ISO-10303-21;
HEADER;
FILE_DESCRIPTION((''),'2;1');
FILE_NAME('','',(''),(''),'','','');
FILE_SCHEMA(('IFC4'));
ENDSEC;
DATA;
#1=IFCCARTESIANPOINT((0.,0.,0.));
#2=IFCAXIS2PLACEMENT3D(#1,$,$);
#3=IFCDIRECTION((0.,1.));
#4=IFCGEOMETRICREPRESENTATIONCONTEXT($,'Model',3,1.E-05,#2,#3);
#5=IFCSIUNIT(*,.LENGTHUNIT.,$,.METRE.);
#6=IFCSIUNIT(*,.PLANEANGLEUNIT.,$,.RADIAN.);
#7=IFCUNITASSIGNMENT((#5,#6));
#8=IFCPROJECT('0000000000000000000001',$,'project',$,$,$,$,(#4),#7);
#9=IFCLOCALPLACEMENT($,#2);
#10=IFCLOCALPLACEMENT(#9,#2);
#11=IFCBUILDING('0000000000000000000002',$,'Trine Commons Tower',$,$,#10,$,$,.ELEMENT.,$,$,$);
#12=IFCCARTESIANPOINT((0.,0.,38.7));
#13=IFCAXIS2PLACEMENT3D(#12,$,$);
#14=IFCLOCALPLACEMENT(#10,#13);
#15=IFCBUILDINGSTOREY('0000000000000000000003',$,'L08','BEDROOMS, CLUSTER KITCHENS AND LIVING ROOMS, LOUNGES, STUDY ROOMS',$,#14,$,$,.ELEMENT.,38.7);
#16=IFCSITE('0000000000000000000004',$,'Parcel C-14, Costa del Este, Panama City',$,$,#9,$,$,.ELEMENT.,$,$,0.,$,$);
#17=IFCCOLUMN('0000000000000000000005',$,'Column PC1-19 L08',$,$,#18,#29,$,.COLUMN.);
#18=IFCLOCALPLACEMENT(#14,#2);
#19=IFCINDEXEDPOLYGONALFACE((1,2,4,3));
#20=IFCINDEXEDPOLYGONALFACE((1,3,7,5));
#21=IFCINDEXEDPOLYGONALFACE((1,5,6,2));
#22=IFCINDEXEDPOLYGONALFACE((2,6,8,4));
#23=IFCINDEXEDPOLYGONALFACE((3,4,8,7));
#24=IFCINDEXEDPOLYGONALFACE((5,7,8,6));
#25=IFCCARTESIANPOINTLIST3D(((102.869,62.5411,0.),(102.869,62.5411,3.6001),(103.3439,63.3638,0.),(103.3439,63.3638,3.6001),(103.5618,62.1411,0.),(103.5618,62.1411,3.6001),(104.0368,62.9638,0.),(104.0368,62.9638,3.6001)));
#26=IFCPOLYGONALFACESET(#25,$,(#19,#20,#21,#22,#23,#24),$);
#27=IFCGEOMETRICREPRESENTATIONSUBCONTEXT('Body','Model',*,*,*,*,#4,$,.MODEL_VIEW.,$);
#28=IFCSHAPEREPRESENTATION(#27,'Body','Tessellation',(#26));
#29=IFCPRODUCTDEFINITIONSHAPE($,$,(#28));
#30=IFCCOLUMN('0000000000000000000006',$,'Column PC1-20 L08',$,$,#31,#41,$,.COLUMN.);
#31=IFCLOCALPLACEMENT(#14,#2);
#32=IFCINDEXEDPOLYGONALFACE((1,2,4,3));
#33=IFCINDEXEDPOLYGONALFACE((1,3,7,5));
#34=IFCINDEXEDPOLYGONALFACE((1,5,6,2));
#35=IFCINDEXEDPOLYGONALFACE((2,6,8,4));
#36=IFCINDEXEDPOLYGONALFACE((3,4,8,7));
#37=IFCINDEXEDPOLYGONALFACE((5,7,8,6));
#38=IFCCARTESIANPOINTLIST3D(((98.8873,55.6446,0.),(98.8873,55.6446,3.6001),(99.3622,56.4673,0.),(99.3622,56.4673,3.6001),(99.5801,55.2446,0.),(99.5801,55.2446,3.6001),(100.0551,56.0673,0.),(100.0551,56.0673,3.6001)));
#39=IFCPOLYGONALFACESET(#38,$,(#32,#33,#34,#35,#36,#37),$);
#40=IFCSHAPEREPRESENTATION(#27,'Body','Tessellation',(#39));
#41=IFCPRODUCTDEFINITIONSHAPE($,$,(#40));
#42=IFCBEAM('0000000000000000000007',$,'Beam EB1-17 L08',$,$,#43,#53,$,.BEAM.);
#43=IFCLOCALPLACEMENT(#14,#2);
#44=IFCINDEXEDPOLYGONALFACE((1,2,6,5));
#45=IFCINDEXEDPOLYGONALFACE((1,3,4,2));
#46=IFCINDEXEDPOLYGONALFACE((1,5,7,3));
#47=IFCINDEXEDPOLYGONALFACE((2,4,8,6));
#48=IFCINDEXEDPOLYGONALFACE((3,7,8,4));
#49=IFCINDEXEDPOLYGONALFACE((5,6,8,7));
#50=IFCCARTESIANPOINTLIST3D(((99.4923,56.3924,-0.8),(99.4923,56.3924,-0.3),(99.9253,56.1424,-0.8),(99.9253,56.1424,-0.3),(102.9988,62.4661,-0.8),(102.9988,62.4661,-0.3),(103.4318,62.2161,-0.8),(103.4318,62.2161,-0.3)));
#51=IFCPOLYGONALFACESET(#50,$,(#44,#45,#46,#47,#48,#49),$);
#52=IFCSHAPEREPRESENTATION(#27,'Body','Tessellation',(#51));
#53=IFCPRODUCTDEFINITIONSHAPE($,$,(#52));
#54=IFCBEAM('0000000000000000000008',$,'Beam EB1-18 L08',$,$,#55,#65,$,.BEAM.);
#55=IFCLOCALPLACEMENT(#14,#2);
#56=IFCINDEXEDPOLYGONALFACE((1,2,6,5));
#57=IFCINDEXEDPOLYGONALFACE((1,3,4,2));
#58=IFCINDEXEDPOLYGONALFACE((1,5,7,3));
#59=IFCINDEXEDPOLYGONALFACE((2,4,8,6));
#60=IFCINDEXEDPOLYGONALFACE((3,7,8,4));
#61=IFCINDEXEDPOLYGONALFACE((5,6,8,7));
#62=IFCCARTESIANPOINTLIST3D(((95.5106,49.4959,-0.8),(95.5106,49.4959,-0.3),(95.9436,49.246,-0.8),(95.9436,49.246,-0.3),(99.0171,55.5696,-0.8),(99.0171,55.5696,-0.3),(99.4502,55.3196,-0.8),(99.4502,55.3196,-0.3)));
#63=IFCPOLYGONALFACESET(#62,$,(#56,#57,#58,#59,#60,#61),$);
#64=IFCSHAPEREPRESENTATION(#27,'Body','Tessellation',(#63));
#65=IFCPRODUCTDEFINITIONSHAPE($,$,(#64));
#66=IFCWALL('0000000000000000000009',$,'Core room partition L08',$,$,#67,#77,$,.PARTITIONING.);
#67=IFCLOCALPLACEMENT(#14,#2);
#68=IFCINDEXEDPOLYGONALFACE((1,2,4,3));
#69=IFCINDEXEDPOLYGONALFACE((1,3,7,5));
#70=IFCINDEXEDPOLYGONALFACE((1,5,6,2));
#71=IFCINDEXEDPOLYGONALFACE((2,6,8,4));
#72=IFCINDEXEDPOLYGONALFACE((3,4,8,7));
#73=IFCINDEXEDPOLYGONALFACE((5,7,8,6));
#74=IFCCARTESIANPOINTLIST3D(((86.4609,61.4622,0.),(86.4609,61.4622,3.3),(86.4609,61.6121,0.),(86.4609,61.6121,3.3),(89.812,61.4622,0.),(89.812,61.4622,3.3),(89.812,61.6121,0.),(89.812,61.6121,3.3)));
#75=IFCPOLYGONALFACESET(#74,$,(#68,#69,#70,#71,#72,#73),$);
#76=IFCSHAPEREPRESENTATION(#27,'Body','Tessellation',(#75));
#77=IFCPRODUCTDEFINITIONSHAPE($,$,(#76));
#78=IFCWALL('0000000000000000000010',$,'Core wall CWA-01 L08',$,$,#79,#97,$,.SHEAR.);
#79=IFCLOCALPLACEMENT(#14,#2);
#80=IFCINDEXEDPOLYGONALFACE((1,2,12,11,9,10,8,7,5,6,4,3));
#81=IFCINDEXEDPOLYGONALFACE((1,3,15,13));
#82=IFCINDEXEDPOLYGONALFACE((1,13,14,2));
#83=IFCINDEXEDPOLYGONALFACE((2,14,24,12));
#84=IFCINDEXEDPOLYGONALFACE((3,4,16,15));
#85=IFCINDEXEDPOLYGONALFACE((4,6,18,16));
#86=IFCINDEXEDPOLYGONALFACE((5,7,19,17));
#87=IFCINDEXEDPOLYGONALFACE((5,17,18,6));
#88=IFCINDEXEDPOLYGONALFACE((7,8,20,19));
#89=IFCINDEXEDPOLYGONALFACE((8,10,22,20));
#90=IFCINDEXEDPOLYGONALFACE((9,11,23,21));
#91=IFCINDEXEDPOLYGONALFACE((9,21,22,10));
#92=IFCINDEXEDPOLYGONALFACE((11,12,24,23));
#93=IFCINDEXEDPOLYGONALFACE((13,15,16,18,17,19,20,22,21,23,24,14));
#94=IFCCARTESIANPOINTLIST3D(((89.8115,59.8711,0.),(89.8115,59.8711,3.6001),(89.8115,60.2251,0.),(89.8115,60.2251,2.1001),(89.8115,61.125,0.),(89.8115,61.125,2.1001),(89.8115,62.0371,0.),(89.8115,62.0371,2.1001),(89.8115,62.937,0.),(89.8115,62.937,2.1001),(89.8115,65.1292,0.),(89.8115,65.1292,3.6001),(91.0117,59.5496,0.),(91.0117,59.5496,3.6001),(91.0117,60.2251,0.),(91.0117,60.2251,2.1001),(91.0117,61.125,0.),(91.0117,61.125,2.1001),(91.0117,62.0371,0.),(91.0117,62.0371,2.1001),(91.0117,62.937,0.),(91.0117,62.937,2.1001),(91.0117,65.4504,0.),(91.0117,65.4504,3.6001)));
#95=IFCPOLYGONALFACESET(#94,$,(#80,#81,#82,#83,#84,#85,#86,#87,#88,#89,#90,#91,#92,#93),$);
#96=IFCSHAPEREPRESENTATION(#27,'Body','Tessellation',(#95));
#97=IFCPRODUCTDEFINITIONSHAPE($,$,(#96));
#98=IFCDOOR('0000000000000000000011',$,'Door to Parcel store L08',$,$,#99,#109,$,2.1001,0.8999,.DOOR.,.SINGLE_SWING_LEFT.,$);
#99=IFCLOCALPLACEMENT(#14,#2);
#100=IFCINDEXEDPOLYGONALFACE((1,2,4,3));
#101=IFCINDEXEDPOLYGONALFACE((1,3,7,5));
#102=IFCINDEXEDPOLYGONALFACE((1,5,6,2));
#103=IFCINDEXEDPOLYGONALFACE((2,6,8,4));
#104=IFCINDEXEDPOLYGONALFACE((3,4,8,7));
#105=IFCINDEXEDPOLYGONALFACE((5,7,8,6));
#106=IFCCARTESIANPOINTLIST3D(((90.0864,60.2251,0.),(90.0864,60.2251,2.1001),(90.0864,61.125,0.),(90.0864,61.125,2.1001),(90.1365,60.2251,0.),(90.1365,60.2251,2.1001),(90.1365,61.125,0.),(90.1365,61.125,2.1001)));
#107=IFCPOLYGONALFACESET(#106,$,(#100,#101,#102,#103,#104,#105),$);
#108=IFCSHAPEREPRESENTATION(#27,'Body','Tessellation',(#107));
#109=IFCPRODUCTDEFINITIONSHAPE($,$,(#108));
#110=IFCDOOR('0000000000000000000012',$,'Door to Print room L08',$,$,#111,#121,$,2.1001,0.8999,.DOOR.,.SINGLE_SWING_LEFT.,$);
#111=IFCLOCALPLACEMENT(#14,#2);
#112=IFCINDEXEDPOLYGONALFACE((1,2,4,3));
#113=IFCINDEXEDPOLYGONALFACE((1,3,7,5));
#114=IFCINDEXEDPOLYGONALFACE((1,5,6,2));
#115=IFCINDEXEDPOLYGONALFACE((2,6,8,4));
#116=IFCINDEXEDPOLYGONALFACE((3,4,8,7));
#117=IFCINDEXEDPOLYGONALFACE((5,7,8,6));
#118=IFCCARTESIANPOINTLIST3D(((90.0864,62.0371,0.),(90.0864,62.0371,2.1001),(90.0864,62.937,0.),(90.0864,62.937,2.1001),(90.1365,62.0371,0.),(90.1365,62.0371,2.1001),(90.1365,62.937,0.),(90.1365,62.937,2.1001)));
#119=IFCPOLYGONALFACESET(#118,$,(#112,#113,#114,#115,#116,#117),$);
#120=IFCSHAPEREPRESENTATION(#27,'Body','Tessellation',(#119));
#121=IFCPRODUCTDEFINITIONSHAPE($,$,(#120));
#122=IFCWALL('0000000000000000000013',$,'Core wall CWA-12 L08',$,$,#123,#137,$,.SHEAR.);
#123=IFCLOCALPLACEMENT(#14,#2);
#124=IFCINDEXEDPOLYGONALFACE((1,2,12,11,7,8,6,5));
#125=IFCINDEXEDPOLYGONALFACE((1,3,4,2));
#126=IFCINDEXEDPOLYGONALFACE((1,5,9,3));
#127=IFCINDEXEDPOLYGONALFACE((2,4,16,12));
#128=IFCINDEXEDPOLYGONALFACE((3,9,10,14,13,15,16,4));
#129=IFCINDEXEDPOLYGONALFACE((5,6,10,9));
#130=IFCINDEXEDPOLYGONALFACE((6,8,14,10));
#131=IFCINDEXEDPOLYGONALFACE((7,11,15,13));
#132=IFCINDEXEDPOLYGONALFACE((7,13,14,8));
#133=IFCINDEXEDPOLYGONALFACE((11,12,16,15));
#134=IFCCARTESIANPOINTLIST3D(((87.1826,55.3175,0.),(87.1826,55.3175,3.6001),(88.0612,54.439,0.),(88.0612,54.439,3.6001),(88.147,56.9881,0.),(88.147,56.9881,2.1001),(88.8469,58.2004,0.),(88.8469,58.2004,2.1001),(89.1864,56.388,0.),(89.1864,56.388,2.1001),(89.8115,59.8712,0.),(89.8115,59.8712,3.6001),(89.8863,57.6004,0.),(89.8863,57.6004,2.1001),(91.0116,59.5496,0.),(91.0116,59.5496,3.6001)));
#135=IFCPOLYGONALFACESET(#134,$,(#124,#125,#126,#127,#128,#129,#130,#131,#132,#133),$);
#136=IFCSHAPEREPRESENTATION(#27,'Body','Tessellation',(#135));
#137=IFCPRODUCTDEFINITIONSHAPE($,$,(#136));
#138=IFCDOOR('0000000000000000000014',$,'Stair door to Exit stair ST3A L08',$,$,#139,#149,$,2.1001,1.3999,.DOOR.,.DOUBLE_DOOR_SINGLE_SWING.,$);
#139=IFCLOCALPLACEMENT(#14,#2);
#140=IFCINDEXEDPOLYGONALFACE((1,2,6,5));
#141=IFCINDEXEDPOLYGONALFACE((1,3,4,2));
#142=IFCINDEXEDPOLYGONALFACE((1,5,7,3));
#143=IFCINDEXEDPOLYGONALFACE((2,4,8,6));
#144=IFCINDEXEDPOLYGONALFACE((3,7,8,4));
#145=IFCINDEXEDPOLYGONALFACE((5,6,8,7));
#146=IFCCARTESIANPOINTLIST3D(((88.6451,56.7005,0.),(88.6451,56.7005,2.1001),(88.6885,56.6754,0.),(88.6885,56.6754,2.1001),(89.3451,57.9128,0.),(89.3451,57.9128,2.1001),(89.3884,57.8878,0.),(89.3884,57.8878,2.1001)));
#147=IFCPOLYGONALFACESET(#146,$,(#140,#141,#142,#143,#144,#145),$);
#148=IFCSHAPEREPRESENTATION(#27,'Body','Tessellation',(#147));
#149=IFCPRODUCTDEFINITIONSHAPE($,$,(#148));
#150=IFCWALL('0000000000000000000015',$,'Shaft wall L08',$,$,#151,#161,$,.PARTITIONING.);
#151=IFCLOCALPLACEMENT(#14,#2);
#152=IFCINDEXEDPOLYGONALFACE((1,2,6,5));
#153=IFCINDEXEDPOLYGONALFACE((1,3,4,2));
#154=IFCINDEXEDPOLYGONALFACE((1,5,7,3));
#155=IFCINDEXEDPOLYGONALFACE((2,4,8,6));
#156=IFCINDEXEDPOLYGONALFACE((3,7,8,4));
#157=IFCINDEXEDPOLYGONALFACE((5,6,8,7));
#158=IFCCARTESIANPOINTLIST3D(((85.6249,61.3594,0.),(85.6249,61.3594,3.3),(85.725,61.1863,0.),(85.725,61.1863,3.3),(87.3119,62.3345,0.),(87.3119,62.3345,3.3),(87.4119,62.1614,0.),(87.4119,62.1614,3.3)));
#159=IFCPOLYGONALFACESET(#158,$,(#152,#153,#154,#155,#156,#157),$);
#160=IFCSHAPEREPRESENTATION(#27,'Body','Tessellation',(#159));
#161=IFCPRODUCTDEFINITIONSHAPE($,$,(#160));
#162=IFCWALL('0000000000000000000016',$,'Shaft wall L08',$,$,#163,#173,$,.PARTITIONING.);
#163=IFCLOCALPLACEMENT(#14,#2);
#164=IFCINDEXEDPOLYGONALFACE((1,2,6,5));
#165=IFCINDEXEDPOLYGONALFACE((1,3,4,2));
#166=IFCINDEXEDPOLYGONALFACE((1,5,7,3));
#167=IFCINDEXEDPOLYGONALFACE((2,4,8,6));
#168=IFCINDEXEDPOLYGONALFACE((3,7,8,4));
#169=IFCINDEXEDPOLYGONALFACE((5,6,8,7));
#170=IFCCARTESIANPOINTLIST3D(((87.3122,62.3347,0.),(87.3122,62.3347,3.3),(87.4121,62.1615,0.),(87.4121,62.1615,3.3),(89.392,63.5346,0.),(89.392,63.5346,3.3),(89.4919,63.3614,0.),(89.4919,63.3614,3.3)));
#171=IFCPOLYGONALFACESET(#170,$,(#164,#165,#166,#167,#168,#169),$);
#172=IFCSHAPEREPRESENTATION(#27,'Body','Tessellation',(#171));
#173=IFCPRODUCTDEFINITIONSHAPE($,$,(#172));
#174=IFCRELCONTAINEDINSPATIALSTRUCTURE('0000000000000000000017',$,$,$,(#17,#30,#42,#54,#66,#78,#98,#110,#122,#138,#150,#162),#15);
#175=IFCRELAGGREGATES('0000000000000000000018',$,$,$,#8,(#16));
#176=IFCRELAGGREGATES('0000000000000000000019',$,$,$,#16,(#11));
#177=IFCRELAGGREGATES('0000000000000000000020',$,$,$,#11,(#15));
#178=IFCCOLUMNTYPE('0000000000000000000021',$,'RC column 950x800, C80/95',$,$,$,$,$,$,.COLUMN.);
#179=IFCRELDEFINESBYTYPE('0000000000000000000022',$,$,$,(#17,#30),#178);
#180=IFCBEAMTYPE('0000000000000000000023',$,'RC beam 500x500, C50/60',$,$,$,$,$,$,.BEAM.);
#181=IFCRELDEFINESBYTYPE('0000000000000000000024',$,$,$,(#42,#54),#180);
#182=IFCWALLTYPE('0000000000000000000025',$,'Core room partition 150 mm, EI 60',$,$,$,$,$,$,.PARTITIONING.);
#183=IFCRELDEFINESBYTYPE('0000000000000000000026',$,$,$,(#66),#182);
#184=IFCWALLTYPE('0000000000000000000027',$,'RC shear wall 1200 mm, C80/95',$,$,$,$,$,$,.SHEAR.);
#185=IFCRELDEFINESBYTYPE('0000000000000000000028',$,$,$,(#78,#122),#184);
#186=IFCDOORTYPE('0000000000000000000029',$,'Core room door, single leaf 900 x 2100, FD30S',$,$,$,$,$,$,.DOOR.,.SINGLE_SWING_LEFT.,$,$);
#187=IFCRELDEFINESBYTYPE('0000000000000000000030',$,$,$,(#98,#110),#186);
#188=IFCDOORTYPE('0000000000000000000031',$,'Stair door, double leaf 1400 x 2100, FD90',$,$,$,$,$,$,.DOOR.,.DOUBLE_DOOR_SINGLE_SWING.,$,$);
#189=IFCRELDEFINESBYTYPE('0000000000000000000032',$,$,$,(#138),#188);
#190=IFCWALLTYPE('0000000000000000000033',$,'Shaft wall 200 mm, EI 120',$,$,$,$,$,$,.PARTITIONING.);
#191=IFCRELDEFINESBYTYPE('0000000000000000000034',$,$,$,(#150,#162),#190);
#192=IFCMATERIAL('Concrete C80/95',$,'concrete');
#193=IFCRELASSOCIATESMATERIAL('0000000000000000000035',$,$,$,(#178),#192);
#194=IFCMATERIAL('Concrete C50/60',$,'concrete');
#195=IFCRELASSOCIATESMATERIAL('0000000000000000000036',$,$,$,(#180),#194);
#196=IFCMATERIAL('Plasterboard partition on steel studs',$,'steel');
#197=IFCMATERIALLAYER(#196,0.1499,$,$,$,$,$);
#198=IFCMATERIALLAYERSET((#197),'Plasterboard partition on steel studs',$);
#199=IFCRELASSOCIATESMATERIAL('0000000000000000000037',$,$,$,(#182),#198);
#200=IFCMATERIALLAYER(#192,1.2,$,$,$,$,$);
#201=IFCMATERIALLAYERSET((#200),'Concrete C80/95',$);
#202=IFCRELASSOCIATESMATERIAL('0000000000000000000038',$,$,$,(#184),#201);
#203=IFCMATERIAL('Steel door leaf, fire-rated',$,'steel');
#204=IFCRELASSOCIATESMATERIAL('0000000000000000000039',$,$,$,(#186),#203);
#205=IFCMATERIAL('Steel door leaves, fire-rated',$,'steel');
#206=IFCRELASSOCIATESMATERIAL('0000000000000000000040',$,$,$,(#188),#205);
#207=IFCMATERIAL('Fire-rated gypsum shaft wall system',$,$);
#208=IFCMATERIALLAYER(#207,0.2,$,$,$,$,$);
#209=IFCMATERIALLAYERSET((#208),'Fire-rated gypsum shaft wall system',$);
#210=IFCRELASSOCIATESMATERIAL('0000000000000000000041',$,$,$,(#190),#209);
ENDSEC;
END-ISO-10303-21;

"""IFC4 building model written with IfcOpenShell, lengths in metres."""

from ifc_helpers import new_model, si_unit, direction, frame, frame_2d, origin, origin_2d, place, context, subcontext, project, spatial, polyline, rectangle, outline, extrude, material, layer, layer_set, material_profile, profile_set, type_object, element, fill, save


model = new_model("IFC4")

# Units and contexts
model_context = context("Model", 3, precision=1e-05, world=origin(), true_north=direction((0.0, 1.0)))
body_context = subcontext(model_context, "Body", "Model", "MODEL_VIEW")
ifc_project = project(units=[si_unit("LENGTHUNIT", "METRE"), si_unit("PLANEANGLEUNIT", "RADIAN")], contexts=[model_context])

# Site, building, storey
site_placement = place(None, origin())
site = spatial("IfcSite", under=ifc_project, at=site_placement, Name="Parcel C-14, Costa del Este, Panama City", CompositionType="ELEMENT", RefElevation=0.0)
building_placement = place(site_placement, origin())
building = spatial("IfcBuilding", under=site, at=building_placement, Name="Trine Commons Tower", CompositionType="ELEMENT")
storey_placement = place(building_placement, frame((0.0, 0.0, 38.7)))
storey = spatial("IfcBuildingStorey", under=building, at=storey_placement, Name="L08", Description="BEDROOMS, CLUSTER KITCHENS AND LIVING ROOMS, LOUNGES, STUDY ROOMS", CompositionType="ELEMENT", Elevation=38.7)

# Columns
ifc_material_1 = material(Name="Concrete C80/95", Category="concrete")
ifc_material_profile_1 = material_profile(ifc_material_1, rectangle(XDim=0.95, YDim=0.8, at=origin_2d()), Name="RC 950x800")
ifc_profile_set_1 = profile_set([ifc_material_profile_1], Name="Concrete C80/95")
column_type = type_object("IfcColumnType", Name="RC column 950x800, C80/95", PredefinedType="COLUMN", material=ifc_profile_set_1)
for number, where, z_axis, x_axis, name in (
    (1, (103.4529, 62.7524, 0.0), (0.0, 0.0, 1.0), (0.5, 0.866025, 0.0), "Column PC1-19 L08"),
    (2, (99.4712, 55.856, 0.0), (0.0, 0.0, 1.0), (0.5, 0.866025, 0.0), "Column PC1-20 L08"),
):
    element("IfcColumn", number, at=place(storey_placement, frame(where, z_axis=z_axis, x_axis=x_axis)), inside=storey, type_object=column_type, Name=name, PredefinedType="COLUMN", context=body_context, shape_type="SweptSolid", body=[
        extrude(rectangle(XDim=0.95, YDim=0.8, at=origin_2d()), origin(), (0.0, 0.0, 1.0), 3.6001),
    ])

# Beams
ifc_material_2 = material(Name="Concrete C50/60", Category="concrete")
ifc_material_profile_2 = material_profile(ifc_material_2, rectangle(XDim=0.5, YDim=0.5, at=origin_2d()), Name="RC 500x500")
ifc_profile_set_2 = profile_set([ifc_material_profile_2], Name="Concrete C50/60")
beam_type = type_object("IfcBeamType", Name="RC beam 500x500, C50/60", PredefinedType="BEAM", material=ifc_profile_set_2)
for number, where, z_axis, x_axis, name in (
    (3, (103.2153, 62.3411, -0.55), (-0.499992, -0.86603, 0.0), (0.86603, -0.499992, 0.0), "Beam EB1-17 L08"),
    (4, (99.2336, 55.4446, -0.55), (-0.499992, -0.86603, 0.0), (0.86603, -0.499992, 0.0), "Beam EB1-18 L08"),
):
    element("IfcBeam", number, at=place(storey_placement, frame(where, z_axis=z_axis, x_axis=x_axis)), inside=storey, type_object=beam_type, Name=name, PredefinedType="BEAM", context=body_context, shape_type="SweptSolid", body=[
        extrude(rectangle(XDim=0.5, YDim=0.5, at=origin_2d()), origin(), (0.0, 0.0, 1.0), 7.0132),
    ])

# Wall
ifc_material_3 = material(Name="Plasterboard partition on steel studs", Category="steel")
ifc_layer_1 = layer(ifc_material_3, 0.1499)
ifc_layer_set_1 = layer_set([ifc_layer_1], Name="Plasterboard partition on steel studs")
wall_type_1 = type_object("IfcWallType", Name="Core room partition 150 mm, EI 60", PredefinedType="PARTITIONING", material=ifc_layer_set_1)
wall_1_placement = place(storey_placement, frame((89.812, 61.5371, 0.0), z_axis=(0.0, 0.0, 1.0), x_axis=(-1.0, 0.0, 0.0)))
element("IfcWall", 5, at=wall_1_placement, inside=storey, type_object=wall_type_1, Name="Core room partition L08", PredefinedType="PARTITIONING", context=body_context, shape_type="SweptSolid", body=[
    extrude(rectangle(XDim=3.3511, YDim=0.1499, at=frame_2d((1.6755, 0.0))), origin(), (0.0, 0.0, 1.0), 3.3),
])

# Wall, openings, doors
ifc_layer_2 = layer(ifc_material_1, 1.2)
ifc_layer_set_2 = layer_set([ifc_layer_2], Name="Concrete C80/95")
wall_type_2 = type_object("IfcWallType", Name="RC shear wall 1200 mm, C80/95", PredefinedType="SHEAR", material=ifc_layer_set_2)
wall_2_placement = place(storey_placement, frame((90.4116, 59.5496, 0.0), z_axis=(0.0, 0.0, 1.0), x_axis=(0.0, 1.0, 0.0)))
wall_2 = element("IfcWall", 6, at=wall_2_placement, inside=storey, type_object=wall_type_2, Name="Core wall CWA-01 L08", PredefinedType="SHEAR", context=body_context, shape_type="SweptSolid", body=[
    extrude(outline(polyline([(0.0, -0.6001), (5.9009, -0.6001), (5.5796, 0.6001), (0.3215, 0.6001), (0.0, -0.6001)])), origin(), (0.0, 0.0, 1.0), 3.6001),
])
opening_1_placement = place(wall_2_placement, frame((0.6755, 0.0, 0.0)))
opening_1 = element("IfcOpeningElement", 7, at=opening_1_placement, cuts=wall_2, PredefinedType="OPENING", context=body_context, shape_type="SweptSolid", body=[
    extrude(rectangle(XDim=0.8999, YDim=2.1001, at=frame_2d((0.45, 1.05))), frame((0.0, 0.6099, 0.0), z_axis=(0.0, -1.0, 0.0), x_axis=(1.0, 0.0, 0.0)), (0.0, 0.0, 1.0), 1.22),
])
opening_2_placement = place(wall_2_placement, frame((2.4875, 0.0, 0.0)))
opening_2 = element("IfcOpeningElement", 8, at=opening_2_placement, cuts=wall_2, PredefinedType="OPENING", context=body_context, shape_type="SweptSolid", body=[
    extrude(rectangle(XDim=0.8999, YDim=2.1001, at=frame_2d((0.45, 1.05))), frame((0.0, 0.6099, 0.0), z_axis=(0.0, -1.0, 0.0), x_axis=(1.0, 0.0, 0.0)), (0.0, 0.0, 1.0), 1.22),
])
ifc_material_4 = material(Name="Steel door leaf, fire-rated", Category="steel")
door_type_1 = type_object("IfcDoorType", Name="Core room door, single leaf 900 x 2100, FD30S", OperationType="SINGLE_SWING_LEFT", PredefinedType="DOOR", material=ifc_material_4)
door_1_placement = place(opening_1_placement, origin())
door_1 = element("IfcDoor", 9, at=door_1_placement, inside=storey, type_object=door_type_1, Name="Door to Parcel store L08", OperationType="SINGLE_SWING_LEFT", OverallHeight=2.1001, OverallWidth=0.8999, PredefinedType="DOOR", context=body_context, shape_type="SweptSolid", body=[
    extrude(rectangle(XDim=0.8999, YDim=2.1001, at=frame_2d((0.45, 1.05))), frame((0.0, 0.3252, 0.0), z_axis=(0.0, -1.0, 0.0), x_axis=(1.0, 0.0, 0.0)), (0.0, 0.0, 1.0), 0.05),
])
fill(opening_1, door_1)
door_2_placement = place(opening_2_placement, origin())
door_2 = element("IfcDoor", 10, at=door_2_placement, inside=storey, type_object=door_type_1, Name="Door to Print room L08", OperationType="SINGLE_SWING_LEFT", OverallHeight=2.1001, OverallWidth=0.8999, PredefinedType="DOOR", context=body_context, shape_type="SweptSolid", body=[
    extrude(rectangle(XDim=0.8999, YDim=2.1001, at=frame_2d((0.45, 1.05))), frame((0.0, 0.3252, 0.0), z_axis=(0.0, -1.0, 0.0), x_axis=(1.0, 0.0, 0.0)), (0.0, 0.0, 1.0), 0.05),
])
fill(opening_2, door_2)

# Wall, opening, door
wall_3_placement = place(storey_placement, frame((87.5415, 54.739, 0.0), z_axis=(0.0, 0.0, 1.0), x_axis=(0.499979, 0.866037, 0.0)))
wall_3 = element("IfcWall", 11, at=wall_3_placement, inside=storey, type_object=wall_type_2, Name="Core wall CWA-12 L08", PredefinedType="SHEAR", context=body_context, shape_type="SweptSolid", body=[
    extrude(outline(polyline([(0.0, -0.6001), (5.9011, -0.6001), (5.5796, 0.6001), (0.3215, 0.6001), (0.0, -0.6001)])), origin(), (0.0, 0.0, 1.0), 3.6001),
])
opening_3_placement = place(wall_3_placement, frame((2.2505, 0.0, 0.0)))
opening_3 = element("IfcOpeningElement", 12, at=opening_3_placement, cuts=wall_3, PredefinedType="OPENING", context=body_context, shape_type="SweptSolid", body=[
    extrude(rectangle(XDim=1.3999, YDim=2.1001, at=frame_2d((0.7, 1.05))), frame((0.0, 0.6099, 0.0), z_axis=(0.0, -1.0, 0.0), x_axis=(1.0, 0.0, 0.0)), (0.0, 0.0, 1.0), 1.22),
])
ifc_material_5 = material(Name="Steel door leaves, fire-rated", Category="steel")
door_type_2 = type_object("IfcDoorType", Name="Stair door, double leaf 1400 x 2100, FD90", OperationType="DOUBLE_DOOR_SINGLE_SWING", PredefinedType="DOOR", material=ifc_material_5)
door_3_placement = place(opening_3_placement, origin())
door_3 = element("IfcDoor", 13, at=door_3_placement, inside=storey, type_object=door_type_2, Name="Stair door to Exit stair ST3A L08", OperationType="DOUBLE_DOOR_SINGLE_SWING", OverallHeight=2.1001, OverallWidth=1.3999, PredefinedType="DOOR", context=body_context, shape_type="SweptSolid", body=[
    extrude(rectangle(XDim=1.3999, YDim=2.1001, at=frame_2d((0.7, 1.05))), frame((0.0, 0.0249, 0.0), z_axis=(0.0, -1.0, 0.0), x_axis=(1.0, 0.0, 0.0)), (0.0, 0.0, 1.0), 0.05),
])
fill(opening_3, door_3)

# Walls
ifc_material_6 = material(Name="Fire-rated gypsum shaft wall system")
ifc_layer_3 = layer(ifc_material_6, 0.2)
ifc_layer_set_3 = layer_set([ifc_layer_3], Name="Fire-rated gypsum shaft wall system")
wall_type_3 = type_object("IfcWallType", Name="Shaft wall 200 mm, EI 120", PredefinedType="PARTITIONING", material=ifc_layer_set_3)
wall_4_placement = place(storey_placement, frame((85.675, 61.2729, 0.0), z_axis=(0.0, 0.0, 1.0), x_axis=(0.865781, 0.500424, 0.0)))
element("IfcWall", 14, at=wall_4_placement, inside=storey, type_object=wall_type_3, Name="Shaft wall L08", PredefinedType="PARTITIONING", context=body_context, shape_type="SweptSolid", body=[
    extrude(rectangle(XDim=1.9485, YDim=0.2, at=frame_2d((0.9741, 0.0))), origin(), (0.0, 0.0, 1.0), 3.3),
])
wall_5_placement = place(storey_placement, frame((87.3621, 62.248, 0.0), z_axis=(0.0, 0.0, 1.0), x_axis=(0.866177, 0.499737, 0.0)))
element("IfcWall", 15, at=wall_5_placement, inside=storey, type_object=wall_type_3, Name="Shaft wall L08", PredefinedType="PARTITIONING", context=body_context, shape_type="SweptSolid", body=[
    extrude(rectangle(XDim=2.4011, YDim=0.2, at=frame_2d((1.2007, 0.0))), origin(), (0.0, 0.0, 1.0), 3.3),
])

save(model, "model.ifc")
